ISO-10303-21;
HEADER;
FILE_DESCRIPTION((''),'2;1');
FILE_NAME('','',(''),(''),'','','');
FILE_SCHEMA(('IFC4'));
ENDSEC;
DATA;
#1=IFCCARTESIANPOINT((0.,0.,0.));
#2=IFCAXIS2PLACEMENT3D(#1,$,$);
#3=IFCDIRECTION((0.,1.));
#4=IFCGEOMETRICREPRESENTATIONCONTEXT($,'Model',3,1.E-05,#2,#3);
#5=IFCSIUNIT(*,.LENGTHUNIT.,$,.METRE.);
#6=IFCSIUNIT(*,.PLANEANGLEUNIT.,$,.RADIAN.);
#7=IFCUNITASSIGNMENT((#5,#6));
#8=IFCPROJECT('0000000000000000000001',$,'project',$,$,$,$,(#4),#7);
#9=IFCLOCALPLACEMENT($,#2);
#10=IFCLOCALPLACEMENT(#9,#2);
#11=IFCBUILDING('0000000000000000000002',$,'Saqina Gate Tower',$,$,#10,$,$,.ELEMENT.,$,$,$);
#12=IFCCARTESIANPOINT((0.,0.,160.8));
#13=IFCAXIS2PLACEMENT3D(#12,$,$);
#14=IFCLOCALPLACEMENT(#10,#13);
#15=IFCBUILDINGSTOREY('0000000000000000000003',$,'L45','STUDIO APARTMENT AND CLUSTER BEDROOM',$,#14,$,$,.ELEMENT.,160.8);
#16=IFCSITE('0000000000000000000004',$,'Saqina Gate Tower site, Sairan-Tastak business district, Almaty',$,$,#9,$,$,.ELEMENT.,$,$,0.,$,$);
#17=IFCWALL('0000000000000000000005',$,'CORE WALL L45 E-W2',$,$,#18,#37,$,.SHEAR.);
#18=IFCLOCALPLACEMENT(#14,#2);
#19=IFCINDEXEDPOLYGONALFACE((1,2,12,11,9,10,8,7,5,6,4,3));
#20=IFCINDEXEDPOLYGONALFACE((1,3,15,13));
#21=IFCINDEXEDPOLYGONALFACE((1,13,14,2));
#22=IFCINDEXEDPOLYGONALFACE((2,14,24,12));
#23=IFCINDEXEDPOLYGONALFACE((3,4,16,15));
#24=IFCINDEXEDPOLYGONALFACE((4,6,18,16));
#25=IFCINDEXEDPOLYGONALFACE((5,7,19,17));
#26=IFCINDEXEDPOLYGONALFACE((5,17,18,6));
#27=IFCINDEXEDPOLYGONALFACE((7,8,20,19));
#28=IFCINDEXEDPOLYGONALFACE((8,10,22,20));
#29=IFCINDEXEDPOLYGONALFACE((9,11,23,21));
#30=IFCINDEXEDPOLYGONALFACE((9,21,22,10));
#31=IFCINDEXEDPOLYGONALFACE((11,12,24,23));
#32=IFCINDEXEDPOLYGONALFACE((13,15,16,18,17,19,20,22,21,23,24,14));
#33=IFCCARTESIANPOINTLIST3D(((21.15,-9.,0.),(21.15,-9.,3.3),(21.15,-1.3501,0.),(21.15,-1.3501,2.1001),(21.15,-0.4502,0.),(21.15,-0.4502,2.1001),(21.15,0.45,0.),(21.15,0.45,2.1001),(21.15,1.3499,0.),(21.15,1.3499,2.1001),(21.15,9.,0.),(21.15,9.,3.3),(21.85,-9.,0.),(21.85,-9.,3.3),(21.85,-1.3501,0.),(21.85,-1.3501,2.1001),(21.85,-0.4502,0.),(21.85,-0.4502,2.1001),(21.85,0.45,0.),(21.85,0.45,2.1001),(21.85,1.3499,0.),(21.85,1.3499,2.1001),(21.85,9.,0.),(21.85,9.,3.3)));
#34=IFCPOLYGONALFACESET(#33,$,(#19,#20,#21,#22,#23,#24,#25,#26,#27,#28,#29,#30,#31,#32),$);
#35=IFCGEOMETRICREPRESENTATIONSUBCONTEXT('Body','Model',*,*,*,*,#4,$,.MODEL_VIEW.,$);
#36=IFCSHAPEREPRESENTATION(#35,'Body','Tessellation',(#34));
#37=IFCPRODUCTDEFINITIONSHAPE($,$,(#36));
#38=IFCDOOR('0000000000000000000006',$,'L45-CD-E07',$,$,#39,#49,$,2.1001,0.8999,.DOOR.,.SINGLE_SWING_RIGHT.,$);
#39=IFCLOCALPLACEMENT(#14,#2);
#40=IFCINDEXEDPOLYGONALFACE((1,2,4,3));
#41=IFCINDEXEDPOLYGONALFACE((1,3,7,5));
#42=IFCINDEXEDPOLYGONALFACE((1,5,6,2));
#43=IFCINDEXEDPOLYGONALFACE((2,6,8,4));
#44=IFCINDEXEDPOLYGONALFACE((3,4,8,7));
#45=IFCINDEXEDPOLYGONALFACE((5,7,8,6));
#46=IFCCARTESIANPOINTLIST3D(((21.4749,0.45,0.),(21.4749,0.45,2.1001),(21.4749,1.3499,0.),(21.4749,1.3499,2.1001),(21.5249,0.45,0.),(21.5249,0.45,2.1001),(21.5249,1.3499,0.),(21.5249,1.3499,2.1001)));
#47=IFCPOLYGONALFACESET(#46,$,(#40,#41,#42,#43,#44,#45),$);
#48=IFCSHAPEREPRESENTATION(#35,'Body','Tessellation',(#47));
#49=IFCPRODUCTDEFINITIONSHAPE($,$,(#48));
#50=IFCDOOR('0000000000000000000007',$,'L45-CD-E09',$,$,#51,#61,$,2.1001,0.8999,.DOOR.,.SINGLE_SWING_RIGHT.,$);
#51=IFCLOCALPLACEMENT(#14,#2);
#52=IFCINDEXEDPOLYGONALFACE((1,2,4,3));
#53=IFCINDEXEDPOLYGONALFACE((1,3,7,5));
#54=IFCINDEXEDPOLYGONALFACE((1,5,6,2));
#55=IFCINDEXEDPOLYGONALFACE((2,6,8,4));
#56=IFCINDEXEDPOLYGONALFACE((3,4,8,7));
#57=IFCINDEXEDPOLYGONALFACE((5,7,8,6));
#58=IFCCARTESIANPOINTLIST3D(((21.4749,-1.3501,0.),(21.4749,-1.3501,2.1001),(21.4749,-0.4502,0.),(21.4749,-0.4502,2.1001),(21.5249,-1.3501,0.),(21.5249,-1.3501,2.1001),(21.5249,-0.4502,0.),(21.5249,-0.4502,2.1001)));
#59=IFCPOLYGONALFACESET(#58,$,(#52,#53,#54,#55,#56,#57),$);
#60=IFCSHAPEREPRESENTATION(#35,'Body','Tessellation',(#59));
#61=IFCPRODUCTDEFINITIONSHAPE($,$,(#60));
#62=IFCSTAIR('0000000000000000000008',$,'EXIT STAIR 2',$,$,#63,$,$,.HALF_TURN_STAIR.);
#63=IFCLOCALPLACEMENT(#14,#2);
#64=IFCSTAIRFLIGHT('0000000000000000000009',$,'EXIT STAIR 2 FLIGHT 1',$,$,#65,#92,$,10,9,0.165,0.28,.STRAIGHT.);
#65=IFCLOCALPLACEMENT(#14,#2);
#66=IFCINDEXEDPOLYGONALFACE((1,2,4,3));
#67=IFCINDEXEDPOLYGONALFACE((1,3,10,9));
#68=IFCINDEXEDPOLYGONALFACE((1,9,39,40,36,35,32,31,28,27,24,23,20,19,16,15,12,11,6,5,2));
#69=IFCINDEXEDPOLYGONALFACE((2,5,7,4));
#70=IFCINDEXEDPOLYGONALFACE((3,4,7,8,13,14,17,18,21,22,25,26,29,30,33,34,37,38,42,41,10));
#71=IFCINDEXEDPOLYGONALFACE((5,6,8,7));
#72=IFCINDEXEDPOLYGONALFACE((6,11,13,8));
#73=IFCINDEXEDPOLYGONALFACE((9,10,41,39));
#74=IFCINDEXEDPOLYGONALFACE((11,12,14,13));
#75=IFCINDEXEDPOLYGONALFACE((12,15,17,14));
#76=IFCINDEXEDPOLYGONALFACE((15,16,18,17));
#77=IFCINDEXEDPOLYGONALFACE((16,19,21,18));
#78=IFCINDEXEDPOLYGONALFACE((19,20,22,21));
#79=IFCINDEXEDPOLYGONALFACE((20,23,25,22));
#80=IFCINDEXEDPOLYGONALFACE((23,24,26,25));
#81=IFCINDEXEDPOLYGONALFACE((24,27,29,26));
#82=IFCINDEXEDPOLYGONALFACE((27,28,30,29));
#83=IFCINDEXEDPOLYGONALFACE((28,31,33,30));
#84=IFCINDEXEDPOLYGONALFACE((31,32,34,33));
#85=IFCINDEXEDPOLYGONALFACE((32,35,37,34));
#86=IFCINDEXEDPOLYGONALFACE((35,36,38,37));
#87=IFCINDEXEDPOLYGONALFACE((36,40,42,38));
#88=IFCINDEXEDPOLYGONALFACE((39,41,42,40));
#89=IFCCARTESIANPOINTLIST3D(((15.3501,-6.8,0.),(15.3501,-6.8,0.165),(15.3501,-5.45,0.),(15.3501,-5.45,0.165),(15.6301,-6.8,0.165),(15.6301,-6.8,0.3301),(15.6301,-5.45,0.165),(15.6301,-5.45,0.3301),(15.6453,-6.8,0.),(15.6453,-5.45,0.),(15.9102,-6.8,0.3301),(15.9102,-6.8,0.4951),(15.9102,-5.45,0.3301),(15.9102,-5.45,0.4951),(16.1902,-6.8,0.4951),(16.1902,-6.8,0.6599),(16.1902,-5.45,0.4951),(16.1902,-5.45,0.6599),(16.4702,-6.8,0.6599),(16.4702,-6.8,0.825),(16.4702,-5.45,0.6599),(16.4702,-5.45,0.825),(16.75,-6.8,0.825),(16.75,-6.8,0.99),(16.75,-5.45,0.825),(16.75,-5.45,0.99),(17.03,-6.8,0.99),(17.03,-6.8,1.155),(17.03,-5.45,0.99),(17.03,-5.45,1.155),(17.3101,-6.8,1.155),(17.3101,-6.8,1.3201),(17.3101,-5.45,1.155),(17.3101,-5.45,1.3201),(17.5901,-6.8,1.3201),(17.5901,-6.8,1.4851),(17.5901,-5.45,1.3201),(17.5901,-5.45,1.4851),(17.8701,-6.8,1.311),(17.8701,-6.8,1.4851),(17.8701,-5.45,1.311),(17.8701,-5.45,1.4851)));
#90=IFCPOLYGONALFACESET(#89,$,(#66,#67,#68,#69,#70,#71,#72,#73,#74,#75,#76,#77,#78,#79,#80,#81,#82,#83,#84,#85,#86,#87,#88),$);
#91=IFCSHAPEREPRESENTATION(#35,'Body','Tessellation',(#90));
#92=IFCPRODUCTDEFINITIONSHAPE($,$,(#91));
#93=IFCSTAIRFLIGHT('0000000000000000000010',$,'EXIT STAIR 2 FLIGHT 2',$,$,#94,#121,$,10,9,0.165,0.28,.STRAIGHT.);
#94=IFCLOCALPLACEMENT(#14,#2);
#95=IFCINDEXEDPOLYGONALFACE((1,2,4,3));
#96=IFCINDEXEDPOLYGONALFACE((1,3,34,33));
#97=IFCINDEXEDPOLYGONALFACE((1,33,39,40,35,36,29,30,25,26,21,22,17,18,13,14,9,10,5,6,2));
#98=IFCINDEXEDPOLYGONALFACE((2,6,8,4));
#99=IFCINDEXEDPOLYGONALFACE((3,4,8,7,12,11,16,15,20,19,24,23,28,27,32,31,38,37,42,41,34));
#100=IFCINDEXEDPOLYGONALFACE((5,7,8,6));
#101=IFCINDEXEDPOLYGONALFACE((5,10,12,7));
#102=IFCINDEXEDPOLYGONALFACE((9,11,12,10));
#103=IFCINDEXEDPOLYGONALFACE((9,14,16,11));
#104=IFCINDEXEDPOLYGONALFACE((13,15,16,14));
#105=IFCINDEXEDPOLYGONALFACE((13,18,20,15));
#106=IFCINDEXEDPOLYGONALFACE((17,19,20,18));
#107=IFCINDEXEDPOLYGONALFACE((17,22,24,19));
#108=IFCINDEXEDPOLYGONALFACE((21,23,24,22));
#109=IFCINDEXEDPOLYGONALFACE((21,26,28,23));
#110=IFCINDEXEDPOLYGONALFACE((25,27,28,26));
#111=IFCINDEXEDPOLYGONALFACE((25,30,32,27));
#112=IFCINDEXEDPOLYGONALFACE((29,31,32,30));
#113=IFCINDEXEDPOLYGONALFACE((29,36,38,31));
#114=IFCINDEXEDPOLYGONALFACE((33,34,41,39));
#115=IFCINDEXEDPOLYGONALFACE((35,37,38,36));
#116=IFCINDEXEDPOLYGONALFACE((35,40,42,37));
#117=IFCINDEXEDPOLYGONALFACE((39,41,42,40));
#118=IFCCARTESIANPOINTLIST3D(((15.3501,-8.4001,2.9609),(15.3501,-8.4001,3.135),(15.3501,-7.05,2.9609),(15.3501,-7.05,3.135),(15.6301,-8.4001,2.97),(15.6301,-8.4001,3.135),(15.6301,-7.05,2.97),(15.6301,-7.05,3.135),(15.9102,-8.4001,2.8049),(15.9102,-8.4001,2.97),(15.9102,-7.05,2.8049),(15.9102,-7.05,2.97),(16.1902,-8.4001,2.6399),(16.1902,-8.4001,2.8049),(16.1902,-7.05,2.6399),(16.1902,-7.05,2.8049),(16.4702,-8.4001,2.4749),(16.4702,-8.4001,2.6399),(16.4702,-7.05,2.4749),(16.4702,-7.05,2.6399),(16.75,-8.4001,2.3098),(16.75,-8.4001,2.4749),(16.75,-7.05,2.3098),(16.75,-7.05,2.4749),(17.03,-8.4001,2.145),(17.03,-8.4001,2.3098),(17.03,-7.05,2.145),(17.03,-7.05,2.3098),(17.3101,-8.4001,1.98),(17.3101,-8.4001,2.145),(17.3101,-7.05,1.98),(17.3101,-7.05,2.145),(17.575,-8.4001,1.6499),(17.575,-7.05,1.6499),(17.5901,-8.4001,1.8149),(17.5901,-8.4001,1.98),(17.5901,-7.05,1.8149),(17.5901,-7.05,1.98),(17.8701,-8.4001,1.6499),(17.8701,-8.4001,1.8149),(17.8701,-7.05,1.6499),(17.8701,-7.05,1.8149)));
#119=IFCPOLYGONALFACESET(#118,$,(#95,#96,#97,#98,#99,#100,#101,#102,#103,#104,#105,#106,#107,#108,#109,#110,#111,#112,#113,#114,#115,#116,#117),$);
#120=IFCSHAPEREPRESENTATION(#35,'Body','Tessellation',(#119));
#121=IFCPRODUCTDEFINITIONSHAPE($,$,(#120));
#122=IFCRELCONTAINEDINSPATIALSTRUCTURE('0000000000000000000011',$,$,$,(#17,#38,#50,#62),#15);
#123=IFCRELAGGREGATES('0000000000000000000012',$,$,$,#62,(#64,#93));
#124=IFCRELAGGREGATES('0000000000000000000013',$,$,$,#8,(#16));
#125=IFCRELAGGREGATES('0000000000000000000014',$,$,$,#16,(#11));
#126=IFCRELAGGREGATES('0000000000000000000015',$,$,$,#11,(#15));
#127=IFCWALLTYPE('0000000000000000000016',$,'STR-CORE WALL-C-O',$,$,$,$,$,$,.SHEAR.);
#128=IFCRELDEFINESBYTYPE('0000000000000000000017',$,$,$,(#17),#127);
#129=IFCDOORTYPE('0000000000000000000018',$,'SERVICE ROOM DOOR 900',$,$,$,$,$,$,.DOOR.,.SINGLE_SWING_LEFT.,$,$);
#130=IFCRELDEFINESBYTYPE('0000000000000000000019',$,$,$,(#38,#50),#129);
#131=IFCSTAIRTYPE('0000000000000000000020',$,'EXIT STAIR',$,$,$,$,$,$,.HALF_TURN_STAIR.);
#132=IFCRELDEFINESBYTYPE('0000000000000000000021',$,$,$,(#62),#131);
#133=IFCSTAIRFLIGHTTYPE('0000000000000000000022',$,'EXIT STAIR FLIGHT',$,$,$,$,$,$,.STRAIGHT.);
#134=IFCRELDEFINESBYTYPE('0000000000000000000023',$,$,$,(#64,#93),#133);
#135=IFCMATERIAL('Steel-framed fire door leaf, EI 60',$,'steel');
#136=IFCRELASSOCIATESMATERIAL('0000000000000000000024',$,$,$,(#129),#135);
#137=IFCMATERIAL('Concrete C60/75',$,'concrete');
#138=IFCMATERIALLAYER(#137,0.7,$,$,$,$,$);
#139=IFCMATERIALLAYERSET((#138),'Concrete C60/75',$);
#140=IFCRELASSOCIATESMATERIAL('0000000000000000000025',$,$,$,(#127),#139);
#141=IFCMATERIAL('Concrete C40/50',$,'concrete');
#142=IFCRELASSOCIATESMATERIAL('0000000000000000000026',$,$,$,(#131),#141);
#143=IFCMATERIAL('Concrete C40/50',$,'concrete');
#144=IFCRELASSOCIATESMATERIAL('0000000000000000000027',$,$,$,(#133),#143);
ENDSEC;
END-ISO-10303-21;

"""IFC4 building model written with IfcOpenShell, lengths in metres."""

from ifc_helpers import new_model, si_unit, direction, frame, frame_2d, origin, place, context, subcontext, project, spatial, polyline, rectangle, outline, extrude, material, layer, layer_set, type_object, element, fill, aggregate, save


model = new_model("IFC4")

# Units and contexts
model_context = context("Model", 3, precision=1e-05, world=origin(), true_north=direction((0.0, 1.0)))
body_context = subcontext(model_context, "Body", "Model", "MODEL_VIEW")
ifc_project = project(units=[si_unit("LENGTHUNIT", "METRE"), si_unit("PLANEANGLEUNIT", "RADIAN")], contexts=[model_context])

# Site, building, storey
site_placement = place(None, origin())
site = spatial("IfcSite", under=ifc_project, at=site_placement, Name="Saqina Gate Tower site, Sairan-Tastak business district, Almaty", CompositionType="ELEMENT", RefElevation=0.0)
building_placement = place(site_placement, origin())
building = spatial("IfcBuilding", under=site, at=building_placement, Name="Saqina Gate Tower", CompositionType="ELEMENT")
storey_placement = place(building_placement, frame((0.0, 0.0, 160.8)))
storey = spatial("IfcBuildingStorey", under=building, at=storey_placement, Name="L45", Description="STUDIO APARTMENT AND CLUSTER BEDROOM", CompositionType="ELEMENT", Elevation=160.8)

# Shared definitions
ifc_material_1 = material(Name="Steel-framed fire door leaf, EI 60", Category="steel")
door_type_1 = type_object("IfcDoorType", Name="SERVICE ROOM DOOR 900", OperationType="SINGLE_SWING_LEFT", PredefinedType="DOOR", material=ifc_material_1)

# Wall, openings, doors
ifc_material_2 = material(Name="Concrete C60/75", Category="concrete")
ifc_layer_1 = layer(ifc_material_2, 0.7)
ifc_layer_set_1 = layer_set([ifc_layer_1], Name="Concrete C60/75")
wall_type_1 = type_object("IfcWallType", Name="STR-CORE WALL-C-O", PredefinedType="SHEAR", material=ifc_layer_set_1)
wall_1_placement = place(storey_placement, frame((21.5, -9.0, 0.0), z_axis=(0.0, 0.0, 1.0), x_axis=(0.0, 1.0, 0.0)))
wall_1 = element("IfcWall", 1, at=wall_1_placement, inside=storey, type_object=wall_type_1, Name="CORE WALL L45 E-W2", PredefinedType="SHEAR", context=body_context, shape_type="SweptSolid", body=[
    extrude(rectangle(XDim=18.0, YDim=0.7, at=frame_2d((9.0, 0.0))), origin(), (0.0, 0.0, 1.0), 3.3),
])
opening_1_placement = place(wall_1_placement, frame((9.45, 0.0, 0.0)))
opening_1 = element("IfcOpeningElement", 2, at=opening_1_placement, cuts=wall_1, PredefinedType="OPENING", context=body_context, shape_type="SweptSolid", body=[
    extrude(rectangle(XDim=0.8999, YDim=2.1001, at=frame_2d((0.45, 1.05))), frame((0.0, 0.3621, 0.0), z_axis=(0.0, -1.0, 0.0), x_axis=(1.0, 0.0, 0.0)), (0.0, 0.0, 1.0), 0.7239),
])
opening_2_placement = place(wall_1_placement, frame((7.6499, 0.0, 0.0)))
opening_2 = element("IfcOpeningElement", 3, at=opening_2_placement, cuts=wall_1, PredefinedType="OPENING", context=body_context, shape_type="SweptSolid", body=[
    extrude(rectangle(XDim=0.8999, YDim=2.1001, at=frame_2d((0.45, 1.05))), frame((0.0, 0.3621, 0.0), z_axis=(0.0, -1.0, 0.0), x_axis=(1.0, 0.0, 0.0)), (0.0, 0.0, 1.0), 0.7239),
])
door_1_placement = place(opening_1_placement, frame((0.8999, 0.0, 0.0), z_axis=(0.0, 0.0, 1.0), x_axis=(-1.0, 0.0, 0.0)))
door_1 = element("IfcDoor", 4, at=door_1_placement, inside=storey, type_object=door_type_1, Name="L45-CD-E07", OperationType="SINGLE_SWING_RIGHT", OverallHeight=2.1001, OverallWidth=0.8999, PredefinedType="DOOR", context=body_context, shape_type="SweptSolid", body=[
    extrude(rectangle(XDim=0.8999, YDim=2.1001, at=frame_2d((0.45, 1.05))), frame((0.0, 0.0249, 0.0), z_axis=(0.0, -1.0, 0.0), x_axis=(1.0, 0.0, 0.0)), (0.0, 0.0, 1.0), 0.05),
])
fill(opening_1, door_1)
door_2_placement = place(opening_2_placement, frame((0.8999, 0.0, 0.0), z_axis=(0.0, 0.0, 1.0), x_axis=(-1.0, 0.0, 0.0)))
door_2 = element("IfcDoor", 5, at=door_2_placement, inside=storey, type_object=door_type_1, Name="L45-CD-E09", OperationType="SINGLE_SWING_RIGHT", OverallHeight=2.1001, OverallWidth=0.8999, PredefinedType="DOOR", context=body_context, shape_type="SweptSolid", body=[
    extrude(rectangle(XDim=0.8999, YDim=2.1001, at=frame_2d((0.45, 1.05))), frame((0.0, 0.0249, 0.0), z_axis=(0.0, -1.0, 0.0), x_axis=(1.0, 0.0, 0.0)), (0.0, 0.0, 1.0), 0.05),
])
fill(opening_2, door_2)

# Stair, stair flights
ifc_material_3 = material(Name="Concrete C40/50", Category="concrete")
stair_type = type_object("IfcStairType", Name="EXIT STAIR", PredefinedType="HALF_TURN_STAIR", material=ifc_material_3)
stair_placement = place(storey_placement, origin())
stair = element("IfcStair", 6, at=stair_placement, inside=storey, type_object=stair_type, Name="EXIT STAIR 2", PredefinedType="HALF_TURN_STAIR")
ifc_material_4 = material(Name="Concrete C40/50", Category="concrete")
stair_flight_type = type_object("IfcStairFlightType", Name="EXIT STAIR FLIGHT", PredefinedType="STRAIGHT", material=ifc_material_4)
stair_flight_1_placement = place(storey_placement, frame((15.3501, -6.125, 0.0), z_axis=(0.0, 0.0, 1.0), x_axis=(1.0, 0.0, 0.0)))
stair_flight_1 = element("IfcStairFlight", 7, at=stair_flight_1_placement, type_object=stair_flight_type, Name="EXIT STAIR 2 FLIGHT 1", NumberOfRisers=10, NumberOfTreads=9, PredefinedType="STRAIGHT", RiserHeight=0.165, TreadLength=0.28, context=body_context, shape_type="SweptSolid", body=[
    extrude(outline(polyline([(0.0, 0.0), (0.0, 0.165), (0.28, 0.165), (0.28, 0.3301), (0.5601, 0.3301), (0.5601, 0.4951), (0.8401, 0.4951), (0.8401, 0.6599), (1.1201, 0.6599), (1.1201, 0.825), (1.3999, 0.825), (1.3999, 0.99), (1.6799, 0.99), (1.6799, 1.155), (1.96, 1.155), (1.96, 1.3201), (2.24, 1.3201), (2.24, 1.4851), (2.52, 1.4851), (2.52, 1.6499), (2.52, 1.311), (0.2952, 0.0), (0.0, 0.0)])), frame((0.0, 0.675, 0.0), z_axis=(0.0, -1.0, 0.0), x_axis=(1.0, 0.0, 0.0)), (0.0, 0.0, 1.0), 1.3501),
])
stair_flight_2_placement = place(storey_placement, frame((17.8701, -7.7251, 1.6499), z_axis=(0.0, 0.0, 1.0), x_axis=(-1.0, 0.0, 0.0)))
stair_flight_2 = element("IfcStairFlight", 8, at=stair_flight_2_placement, type_object=stair_flight_type, Name="EXIT STAIR 2 FLIGHT 2", NumberOfRisers=10, NumberOfTreads=9, PredefinedType="STRAIGHT", RiserHeight=0.165, TreadLength=0.28, context=body_context, shape_type="SweptSolid", body=[
    extrude(outline(polyline([(0.0, 0.0), (0.0, 0.165), (0.28, 0.165), (0.28, 0.3301), (0.5601, 0.3301), (0.5601, 0.4951), (0.8401, 0.4951), (0.8401, 0.6599), (1.1201, 0.6599), (1.1201, 0.825), (1.3999, 0.825), (1.3999, 0.99), (1.6799, 0.99), (1.6799, 1.155), (1.96, 1.155), (1.96, 1.3201), (2.24, 1.3201), (2.24, 1.4851), (2.52, 1.4851), (2.52, 1.6499), (2.52, 1.311), (0.2952, 0.0), (0.0, 0.0)])), frame((0.0, 0.675, 0.0), z_axis=(0.0, -1.0, 0.0), x_axis=(1.0, 0.0, 0.0)), (0.0, 0.0, 1.0), 1.3501),
])
aggregate(stair, [stair_flight_1, stair_flight_2])

save(model, "model.ifc")
